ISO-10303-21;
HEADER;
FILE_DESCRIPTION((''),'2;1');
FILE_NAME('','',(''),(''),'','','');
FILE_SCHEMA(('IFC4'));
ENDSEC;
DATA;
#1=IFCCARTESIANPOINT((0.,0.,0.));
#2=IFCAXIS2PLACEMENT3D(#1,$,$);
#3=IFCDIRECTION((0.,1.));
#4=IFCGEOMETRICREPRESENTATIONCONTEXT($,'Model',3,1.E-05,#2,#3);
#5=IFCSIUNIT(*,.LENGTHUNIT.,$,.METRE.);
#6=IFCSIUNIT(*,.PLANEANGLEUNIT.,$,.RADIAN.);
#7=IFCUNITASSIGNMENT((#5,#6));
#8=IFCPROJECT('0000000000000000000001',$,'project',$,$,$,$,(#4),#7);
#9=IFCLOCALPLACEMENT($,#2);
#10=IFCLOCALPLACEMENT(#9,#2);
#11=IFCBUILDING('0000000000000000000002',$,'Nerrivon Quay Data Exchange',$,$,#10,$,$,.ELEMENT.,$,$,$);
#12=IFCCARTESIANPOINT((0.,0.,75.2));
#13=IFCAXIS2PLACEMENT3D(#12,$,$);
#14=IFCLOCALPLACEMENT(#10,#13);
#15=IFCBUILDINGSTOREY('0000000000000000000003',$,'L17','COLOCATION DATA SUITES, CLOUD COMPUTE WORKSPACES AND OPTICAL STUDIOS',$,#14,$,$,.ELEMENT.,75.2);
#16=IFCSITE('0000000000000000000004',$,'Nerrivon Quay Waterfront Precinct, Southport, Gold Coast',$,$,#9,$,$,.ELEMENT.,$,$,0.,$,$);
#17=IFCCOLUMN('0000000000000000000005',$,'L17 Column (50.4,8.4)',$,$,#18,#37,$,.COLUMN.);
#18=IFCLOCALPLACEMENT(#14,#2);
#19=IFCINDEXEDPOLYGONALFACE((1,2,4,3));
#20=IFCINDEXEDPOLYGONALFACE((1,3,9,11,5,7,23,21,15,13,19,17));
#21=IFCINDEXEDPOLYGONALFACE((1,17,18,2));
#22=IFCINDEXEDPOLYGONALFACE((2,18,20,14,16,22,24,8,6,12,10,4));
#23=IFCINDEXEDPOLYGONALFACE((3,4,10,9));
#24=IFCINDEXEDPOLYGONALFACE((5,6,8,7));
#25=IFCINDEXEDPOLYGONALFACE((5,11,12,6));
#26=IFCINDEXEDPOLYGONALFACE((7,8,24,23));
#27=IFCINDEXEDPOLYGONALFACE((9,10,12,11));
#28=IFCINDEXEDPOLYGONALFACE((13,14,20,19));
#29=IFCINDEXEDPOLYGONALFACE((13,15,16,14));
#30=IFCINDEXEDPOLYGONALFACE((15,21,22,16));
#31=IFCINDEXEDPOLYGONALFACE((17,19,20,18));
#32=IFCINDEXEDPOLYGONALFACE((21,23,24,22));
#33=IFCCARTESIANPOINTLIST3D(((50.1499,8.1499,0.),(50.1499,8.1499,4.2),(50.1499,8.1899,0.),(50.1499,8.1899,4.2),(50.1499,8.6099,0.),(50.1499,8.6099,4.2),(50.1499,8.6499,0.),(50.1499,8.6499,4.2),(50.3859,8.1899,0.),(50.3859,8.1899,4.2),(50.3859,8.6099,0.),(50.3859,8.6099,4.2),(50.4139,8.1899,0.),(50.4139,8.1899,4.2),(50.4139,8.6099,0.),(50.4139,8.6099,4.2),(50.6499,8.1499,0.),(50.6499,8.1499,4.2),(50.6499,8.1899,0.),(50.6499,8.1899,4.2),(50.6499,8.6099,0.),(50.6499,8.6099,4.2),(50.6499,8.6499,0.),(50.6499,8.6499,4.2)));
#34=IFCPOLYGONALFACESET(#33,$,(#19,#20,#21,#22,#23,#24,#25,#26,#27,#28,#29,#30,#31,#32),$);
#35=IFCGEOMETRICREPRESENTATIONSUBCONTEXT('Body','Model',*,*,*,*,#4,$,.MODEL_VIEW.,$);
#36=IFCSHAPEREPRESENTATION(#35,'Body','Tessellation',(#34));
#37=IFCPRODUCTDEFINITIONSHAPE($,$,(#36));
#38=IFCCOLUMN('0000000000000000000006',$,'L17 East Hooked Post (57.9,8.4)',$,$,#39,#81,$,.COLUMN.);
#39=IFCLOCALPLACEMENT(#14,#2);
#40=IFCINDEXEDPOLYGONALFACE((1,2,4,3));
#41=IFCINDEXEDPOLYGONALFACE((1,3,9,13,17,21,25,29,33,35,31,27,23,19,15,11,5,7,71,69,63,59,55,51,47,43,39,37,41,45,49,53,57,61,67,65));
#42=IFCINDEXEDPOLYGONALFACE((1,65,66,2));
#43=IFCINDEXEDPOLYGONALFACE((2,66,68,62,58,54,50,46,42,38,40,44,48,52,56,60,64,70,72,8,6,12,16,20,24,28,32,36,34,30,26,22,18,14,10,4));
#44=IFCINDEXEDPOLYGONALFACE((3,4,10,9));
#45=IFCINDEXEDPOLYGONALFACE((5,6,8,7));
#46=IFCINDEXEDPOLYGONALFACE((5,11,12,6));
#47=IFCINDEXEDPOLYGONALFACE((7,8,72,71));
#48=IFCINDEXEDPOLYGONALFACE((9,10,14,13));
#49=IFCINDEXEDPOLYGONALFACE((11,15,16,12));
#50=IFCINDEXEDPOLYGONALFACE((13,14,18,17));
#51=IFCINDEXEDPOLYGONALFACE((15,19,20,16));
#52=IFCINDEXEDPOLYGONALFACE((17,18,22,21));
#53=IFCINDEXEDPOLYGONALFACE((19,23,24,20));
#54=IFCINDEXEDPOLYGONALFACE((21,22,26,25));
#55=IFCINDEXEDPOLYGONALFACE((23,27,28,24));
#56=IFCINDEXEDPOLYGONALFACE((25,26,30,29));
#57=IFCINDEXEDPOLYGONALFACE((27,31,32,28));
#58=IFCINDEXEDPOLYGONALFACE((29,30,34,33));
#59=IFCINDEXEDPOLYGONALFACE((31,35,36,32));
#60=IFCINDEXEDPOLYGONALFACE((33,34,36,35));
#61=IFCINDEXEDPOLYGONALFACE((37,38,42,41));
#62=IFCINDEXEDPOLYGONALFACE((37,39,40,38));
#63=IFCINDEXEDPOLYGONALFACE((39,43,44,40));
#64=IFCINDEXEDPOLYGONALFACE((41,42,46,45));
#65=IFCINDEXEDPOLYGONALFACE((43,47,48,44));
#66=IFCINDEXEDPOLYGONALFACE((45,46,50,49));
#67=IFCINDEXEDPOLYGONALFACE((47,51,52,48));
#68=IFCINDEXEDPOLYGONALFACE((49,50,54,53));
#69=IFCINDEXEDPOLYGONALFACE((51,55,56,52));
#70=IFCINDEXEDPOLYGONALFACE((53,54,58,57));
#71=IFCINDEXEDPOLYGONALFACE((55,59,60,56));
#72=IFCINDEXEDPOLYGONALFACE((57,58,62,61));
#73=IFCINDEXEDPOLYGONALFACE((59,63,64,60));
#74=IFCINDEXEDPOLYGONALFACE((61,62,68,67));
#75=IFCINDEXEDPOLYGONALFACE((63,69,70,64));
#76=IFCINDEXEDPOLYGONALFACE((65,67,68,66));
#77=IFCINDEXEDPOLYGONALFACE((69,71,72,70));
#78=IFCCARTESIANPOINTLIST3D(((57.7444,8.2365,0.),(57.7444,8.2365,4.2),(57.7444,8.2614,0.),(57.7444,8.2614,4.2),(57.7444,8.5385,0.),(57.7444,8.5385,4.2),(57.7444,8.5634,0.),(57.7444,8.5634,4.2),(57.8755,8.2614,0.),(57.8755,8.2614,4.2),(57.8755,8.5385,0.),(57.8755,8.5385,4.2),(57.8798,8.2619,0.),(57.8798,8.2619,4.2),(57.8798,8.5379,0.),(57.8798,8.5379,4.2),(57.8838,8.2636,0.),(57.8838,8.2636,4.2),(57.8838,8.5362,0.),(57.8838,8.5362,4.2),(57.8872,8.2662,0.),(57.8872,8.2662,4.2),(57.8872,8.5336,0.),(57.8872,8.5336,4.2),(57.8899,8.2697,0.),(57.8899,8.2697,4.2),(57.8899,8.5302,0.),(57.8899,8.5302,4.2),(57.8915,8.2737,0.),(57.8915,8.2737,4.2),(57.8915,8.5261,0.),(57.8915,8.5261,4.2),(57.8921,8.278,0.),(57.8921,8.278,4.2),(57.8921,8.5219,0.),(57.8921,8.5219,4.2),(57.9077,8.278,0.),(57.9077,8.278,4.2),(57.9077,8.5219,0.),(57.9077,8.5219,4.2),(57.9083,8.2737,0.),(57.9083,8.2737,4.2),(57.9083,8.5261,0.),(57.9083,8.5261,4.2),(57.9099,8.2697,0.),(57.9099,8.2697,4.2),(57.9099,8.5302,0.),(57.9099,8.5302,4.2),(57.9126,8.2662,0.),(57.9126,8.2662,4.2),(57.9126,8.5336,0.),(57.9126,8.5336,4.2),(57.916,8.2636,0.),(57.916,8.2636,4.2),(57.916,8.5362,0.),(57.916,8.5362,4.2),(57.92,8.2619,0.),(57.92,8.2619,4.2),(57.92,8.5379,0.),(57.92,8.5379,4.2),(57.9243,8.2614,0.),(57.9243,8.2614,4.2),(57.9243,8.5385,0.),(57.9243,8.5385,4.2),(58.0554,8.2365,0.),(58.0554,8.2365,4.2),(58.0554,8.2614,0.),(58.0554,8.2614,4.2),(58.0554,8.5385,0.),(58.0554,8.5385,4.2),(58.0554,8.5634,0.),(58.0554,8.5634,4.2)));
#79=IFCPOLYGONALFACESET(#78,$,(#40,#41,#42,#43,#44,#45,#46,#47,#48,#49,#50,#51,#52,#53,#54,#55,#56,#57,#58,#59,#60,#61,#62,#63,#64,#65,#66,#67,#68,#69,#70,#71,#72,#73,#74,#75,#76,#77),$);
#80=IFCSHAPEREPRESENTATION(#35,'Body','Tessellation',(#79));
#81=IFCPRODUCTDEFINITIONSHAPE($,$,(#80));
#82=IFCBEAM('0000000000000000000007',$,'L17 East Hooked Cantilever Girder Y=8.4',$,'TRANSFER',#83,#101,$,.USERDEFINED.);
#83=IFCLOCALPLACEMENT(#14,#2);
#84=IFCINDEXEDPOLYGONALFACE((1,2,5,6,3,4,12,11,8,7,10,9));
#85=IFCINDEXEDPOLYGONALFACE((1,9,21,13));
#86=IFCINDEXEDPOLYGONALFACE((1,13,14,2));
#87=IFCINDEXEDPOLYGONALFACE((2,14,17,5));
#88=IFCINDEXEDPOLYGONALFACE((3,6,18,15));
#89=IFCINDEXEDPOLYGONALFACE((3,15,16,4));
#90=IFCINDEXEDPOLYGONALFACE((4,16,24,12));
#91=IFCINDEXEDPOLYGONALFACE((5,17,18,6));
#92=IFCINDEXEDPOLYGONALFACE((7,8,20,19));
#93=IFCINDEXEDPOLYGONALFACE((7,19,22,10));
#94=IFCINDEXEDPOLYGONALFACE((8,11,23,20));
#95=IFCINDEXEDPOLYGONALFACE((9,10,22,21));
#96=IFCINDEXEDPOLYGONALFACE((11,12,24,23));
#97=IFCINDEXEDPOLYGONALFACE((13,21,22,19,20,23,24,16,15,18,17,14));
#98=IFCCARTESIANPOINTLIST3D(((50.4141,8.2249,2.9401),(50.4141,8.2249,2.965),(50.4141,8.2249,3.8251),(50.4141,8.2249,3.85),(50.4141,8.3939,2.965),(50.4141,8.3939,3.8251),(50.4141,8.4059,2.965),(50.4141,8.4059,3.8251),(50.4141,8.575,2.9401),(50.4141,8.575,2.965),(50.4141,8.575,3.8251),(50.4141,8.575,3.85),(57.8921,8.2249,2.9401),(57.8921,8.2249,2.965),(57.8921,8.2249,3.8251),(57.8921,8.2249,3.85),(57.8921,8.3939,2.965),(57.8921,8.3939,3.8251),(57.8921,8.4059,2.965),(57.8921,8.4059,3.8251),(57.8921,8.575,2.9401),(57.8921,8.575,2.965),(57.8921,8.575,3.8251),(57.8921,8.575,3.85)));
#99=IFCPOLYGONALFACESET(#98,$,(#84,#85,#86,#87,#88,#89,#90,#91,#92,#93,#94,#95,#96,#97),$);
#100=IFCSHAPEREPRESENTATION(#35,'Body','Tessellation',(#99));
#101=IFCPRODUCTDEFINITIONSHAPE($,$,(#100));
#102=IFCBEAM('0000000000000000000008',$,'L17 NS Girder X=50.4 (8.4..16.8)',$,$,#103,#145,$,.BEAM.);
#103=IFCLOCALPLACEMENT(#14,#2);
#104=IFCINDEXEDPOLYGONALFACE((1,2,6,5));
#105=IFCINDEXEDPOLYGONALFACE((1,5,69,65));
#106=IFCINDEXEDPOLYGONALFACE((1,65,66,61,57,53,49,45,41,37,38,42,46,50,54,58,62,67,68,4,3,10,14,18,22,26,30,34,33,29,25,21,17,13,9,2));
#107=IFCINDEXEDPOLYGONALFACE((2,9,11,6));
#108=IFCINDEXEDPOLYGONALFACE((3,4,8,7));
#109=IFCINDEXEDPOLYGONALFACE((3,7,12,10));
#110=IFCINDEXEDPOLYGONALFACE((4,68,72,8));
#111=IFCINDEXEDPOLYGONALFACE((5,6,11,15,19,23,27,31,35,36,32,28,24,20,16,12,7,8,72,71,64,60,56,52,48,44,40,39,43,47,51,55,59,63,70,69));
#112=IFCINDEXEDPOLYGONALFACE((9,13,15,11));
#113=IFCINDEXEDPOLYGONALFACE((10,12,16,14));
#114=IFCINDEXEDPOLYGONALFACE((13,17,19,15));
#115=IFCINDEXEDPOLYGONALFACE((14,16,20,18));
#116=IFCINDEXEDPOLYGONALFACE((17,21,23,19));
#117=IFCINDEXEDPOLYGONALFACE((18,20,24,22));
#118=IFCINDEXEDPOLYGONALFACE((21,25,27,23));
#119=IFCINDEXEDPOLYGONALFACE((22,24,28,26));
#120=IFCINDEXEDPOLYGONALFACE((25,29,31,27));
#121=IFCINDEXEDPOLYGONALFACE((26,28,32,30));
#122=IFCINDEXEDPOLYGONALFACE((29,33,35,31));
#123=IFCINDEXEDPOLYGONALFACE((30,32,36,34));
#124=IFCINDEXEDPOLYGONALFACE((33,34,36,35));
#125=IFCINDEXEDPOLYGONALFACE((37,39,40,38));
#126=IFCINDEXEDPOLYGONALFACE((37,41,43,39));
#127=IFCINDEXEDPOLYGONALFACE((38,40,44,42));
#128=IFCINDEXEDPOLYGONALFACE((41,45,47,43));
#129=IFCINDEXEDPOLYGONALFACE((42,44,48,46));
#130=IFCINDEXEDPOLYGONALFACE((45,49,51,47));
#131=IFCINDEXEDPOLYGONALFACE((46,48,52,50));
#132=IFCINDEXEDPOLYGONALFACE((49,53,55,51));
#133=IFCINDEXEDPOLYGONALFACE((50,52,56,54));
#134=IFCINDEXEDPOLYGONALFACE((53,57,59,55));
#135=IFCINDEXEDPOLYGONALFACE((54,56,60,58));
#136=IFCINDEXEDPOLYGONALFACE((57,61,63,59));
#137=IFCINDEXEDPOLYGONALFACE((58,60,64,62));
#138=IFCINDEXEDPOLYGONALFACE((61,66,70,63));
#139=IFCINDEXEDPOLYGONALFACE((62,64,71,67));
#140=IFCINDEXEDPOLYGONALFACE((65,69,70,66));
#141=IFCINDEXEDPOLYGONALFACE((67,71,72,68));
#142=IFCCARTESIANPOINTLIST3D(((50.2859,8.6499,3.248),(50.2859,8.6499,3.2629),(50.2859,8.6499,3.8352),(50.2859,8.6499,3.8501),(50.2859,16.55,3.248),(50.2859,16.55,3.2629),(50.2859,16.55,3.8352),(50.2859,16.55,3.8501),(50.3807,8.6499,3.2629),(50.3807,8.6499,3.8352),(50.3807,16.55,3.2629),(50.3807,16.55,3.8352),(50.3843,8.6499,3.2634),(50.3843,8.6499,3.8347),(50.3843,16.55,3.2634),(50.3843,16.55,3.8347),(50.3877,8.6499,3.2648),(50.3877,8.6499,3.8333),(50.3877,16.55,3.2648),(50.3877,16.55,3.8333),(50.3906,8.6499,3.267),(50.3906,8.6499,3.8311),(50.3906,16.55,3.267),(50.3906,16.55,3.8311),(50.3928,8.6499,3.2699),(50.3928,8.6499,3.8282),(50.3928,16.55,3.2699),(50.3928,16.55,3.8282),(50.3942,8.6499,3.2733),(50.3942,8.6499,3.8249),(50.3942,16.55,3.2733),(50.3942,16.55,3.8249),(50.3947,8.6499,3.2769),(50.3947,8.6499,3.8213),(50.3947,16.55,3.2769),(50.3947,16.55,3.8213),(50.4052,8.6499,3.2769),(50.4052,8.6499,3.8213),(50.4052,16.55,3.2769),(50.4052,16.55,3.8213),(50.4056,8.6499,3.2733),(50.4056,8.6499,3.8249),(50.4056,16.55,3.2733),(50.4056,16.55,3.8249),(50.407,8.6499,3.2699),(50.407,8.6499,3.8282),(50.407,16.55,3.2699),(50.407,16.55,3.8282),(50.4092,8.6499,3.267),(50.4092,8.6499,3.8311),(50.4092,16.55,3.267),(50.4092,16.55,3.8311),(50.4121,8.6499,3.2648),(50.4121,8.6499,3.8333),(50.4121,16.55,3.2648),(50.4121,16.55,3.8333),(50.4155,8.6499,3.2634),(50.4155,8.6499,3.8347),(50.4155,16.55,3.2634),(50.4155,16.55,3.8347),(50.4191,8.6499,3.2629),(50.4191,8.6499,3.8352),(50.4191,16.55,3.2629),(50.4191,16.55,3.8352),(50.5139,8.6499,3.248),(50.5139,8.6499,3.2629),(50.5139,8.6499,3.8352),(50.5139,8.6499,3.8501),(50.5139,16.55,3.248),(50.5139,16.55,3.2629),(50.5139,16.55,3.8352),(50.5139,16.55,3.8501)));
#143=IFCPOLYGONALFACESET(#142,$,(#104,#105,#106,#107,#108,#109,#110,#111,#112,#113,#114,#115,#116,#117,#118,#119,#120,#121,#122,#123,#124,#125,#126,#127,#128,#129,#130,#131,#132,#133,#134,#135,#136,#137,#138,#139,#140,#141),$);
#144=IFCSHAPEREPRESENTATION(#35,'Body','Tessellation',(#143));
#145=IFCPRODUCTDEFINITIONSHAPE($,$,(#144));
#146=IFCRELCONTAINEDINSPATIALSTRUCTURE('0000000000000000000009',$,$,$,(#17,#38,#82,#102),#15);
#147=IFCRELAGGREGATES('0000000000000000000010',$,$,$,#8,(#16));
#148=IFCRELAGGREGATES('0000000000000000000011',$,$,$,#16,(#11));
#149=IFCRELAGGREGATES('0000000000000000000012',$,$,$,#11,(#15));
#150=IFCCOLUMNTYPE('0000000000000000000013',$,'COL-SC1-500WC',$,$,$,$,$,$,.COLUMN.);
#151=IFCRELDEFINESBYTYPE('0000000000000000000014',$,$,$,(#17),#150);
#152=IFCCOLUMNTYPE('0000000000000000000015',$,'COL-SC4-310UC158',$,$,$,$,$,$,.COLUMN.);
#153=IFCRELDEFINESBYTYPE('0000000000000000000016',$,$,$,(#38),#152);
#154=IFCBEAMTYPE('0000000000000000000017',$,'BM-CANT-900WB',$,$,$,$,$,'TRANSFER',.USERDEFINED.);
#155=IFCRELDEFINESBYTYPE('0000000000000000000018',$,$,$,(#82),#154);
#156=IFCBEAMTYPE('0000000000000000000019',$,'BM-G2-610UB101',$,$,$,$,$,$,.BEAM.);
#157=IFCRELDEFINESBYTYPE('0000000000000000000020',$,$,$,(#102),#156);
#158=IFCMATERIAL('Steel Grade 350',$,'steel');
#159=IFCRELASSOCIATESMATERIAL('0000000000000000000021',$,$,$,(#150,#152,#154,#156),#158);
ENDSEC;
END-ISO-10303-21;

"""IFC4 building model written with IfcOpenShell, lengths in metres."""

from ifc_helpers import new_model, si_unit, direction, frame, origin, origin_2d, place, context, subcontext, project, spatial, i_section, extrude, material, material_profile, profile_set, type_object, element, save


model = new_model("IFC4")

# Units and contexts
model_context = context("Model", 3, precision=1e-05, world=origin(), true_north=direction((0.0, 1.0)))
body_context = subcontext(model_context, "Body", "Model", "MODEL_VIEW")
ifc_project = project(units=[si_unit("LENGTHUNIT", "METRE"), si_unit("PLANEANGLEUNIT", "RADIAN")], contexts=[model_context])

# Site, building, storey
site_placement = place(None, origin())
site = spatial("IfcSite", under=ifc_project, at=site_placement, Name="Nerrivon Quay Waterfront Precinct, Southport, Gold Coast", CompositionType="ELEMENT", RefElevation=0.0)
building_placement = place(site_placement, origin())
building = spatial("IfcBuilding", under=site, at=building_placement, Name="Nerrivon Quay Data Exchange", CompositionType="ELEMENT")
storey_placement = place(building_placement, frame((0.0, 0.0, 75.2)))
storey = spatial("IfcBuildingStorey", under=building, at=storey_placement, Name="L17", Description="COLOCATION DATA SUITES, CLOUD COMPUTE WORKSPACES AND OPTICAL STUDIOS", CompositionType="ELEMENT", Elevation=75.2)

# Columns
ifc_material_1 = material(Name="Steel Grade 350", Category="steel")
ifc_material_profile_1 = material_profile(ifc_material_1, i_section(OverallWidth=0.5, OverallDepth=0.5, WebThickness=0.0281, FlangeThickness=0.04, at=origin_2d()), Name="500WC440")
ifc_profile_set_1 = profile_set([ifc_material_profile_1], Name="Steel Grade 350")
column_type_1 = type_object("IfcColumnType", Name="COL-SC1-500WC", PredefinedType="COLUMN", material=ifc_profile_set_1)
column_1_placement = place(storey_placement, frame((50.3999, 8.3999, 0.0), z_axis=(0.0, 0.0, 1.0), x_axis=(1.0, 0.0, 0.0)))
element("IfcColumn", 1, at=column_1_placement, inside=storey, type_object=column_type_1, Name="L17 Column (50.4,8.4)", PredefinedType="COLUMN", context=body_context, shape_type="SweptSolid", body=[
    extrude(i_section(OverallWidth=0.5, OverallDepth=0.5, WebThickness=0.0281, FlangeThickness=0.04, at=origin_2d()), origin(), (0.0, 0.0, 1.0), 4.2),
])
ifc_material_profile_2 = material_profile(ifc_material_1, i_section(OverallWidth=0.311, OverallDepth=0.3269, WebThickness=0.0156, FlangeThickness=0.0249, FilletRadius=0.0166, at=origin_2d()), Name="310UC158")
ifc_profile_set_2 = profile_set([ifc_material_profile_2], Name="Steel Grade 350")
column_type_2 = type_object("IfcColumnType", Name="COL-SC4-310UC158", PredefinedType="COLUMN", material=ifc_profile_set_2)
column_2_placement = place(storey_placement, frame((57.8999, 8.3999, 0.0), z_axis=(0.0, 0.0, 1.0), x_axis=(1.0, 0.0, 0.0)))
element("IfcColumn", 2, at=column_2_placement, inside=storey, type_object=column_type_2, Name="L17 East Hooked Post (57.9,8.4)", PredefinedType="COLUMN", context=body_context, shape_type="SweptSolid", body=[
    extrude(i_section(OverallWidth=0.311, OverallDepth=0.3269, WebThickness=0.0156, FlangeThickness=0.0249, FilletRadius=0.0166, at=origin_2d()), origin(), (0.0, 0.0, 1.0), 4.2),
])

# Beams
ifc_material_profile_3 = material_profile(ifc_material_1, i_section(OverallWidth=0.3501, OverallDepth=0.9099, WebThickness=0.012, FlangeThickness=0.0249, at=origin_2d()), Name="900WB218")
ifc_profile_set_3 = profile_set([ifc_material_profile_3], Name="Steel Grade 350")
beam_type_1 = type_object("IfcBeamType", Name="BM-CANT-900WB", ElementType="TRANSFER", PredefinedType="USERDEFINED", material=ifc_profile_set_3)
beam_1_placement = place(storey_placement, frame((50.4141, 8.3999, 3.395), z_axis=(1.0, 0.0, 0.0), x_axis=(0.0, 1.0, 0.0)))
element("IfcBeam", 3, at=beam_1_placement, inside=storey, type_object=beam_type_1, Name="L17 East Hooked Cantilever Girder Y=8.4", ObjectType="TRANSFER", PredefinedType="USERDEFINED", context=body_context, shape_type="SweptSolid", body=[
    extrude(i_section(OverallWidth=0.3501, OverallDepth=0.9099, WebThickness=0.012, FlangeThickness=0.0249, at=origin_2d()), origin(), (0.0, 0.0, 1.0), 7.478),
])
ifc_material_profile_4 = material_profile(ifc_material_1, i_section(OverallWidth=0.228, OverallDepth=0.6021, WebThickness=0.0105, FlangeThickness=0.0149, FilletRadius=0.0139, at=origin_2d()), Name="610UB101")
ifc_profile_set_4 = profile_set([ifc_material_profile_4], Name="Steel Grade 350")
beam_type_2 = type_object("IfcBeamType", Name="BM-G2-610UB101", PredefinedType="BEAM", material=ifc_profile_set_4)
beam_2_placement = place(storey_placement, frame((50.3999, 8.6499, 3.5491), z_axis=(0.0, 1.0, 0.0), x_axis=(-1.0, 0.0, 0.0)))
element("IfcBeam", 4, at=beam_2_placement, inside=storey, type_object=beam_type_2, Name="L17 NS Girder X=50.4 (8.4..16.8)", PredefinedType="BEAM", context=body_context, shape_type="SweptSolid", body=[
    extrude(i_section(OverallWidth=0.228, OverallDepth=0.6021, WebThickness=0.0105, FlangeThickness=0.0149, FilletRadius=0.0139, at=origin_2d()), origin(), (0.0, 0.0, 1.0), 7.9001),
])

save(model, "model.ifc")
